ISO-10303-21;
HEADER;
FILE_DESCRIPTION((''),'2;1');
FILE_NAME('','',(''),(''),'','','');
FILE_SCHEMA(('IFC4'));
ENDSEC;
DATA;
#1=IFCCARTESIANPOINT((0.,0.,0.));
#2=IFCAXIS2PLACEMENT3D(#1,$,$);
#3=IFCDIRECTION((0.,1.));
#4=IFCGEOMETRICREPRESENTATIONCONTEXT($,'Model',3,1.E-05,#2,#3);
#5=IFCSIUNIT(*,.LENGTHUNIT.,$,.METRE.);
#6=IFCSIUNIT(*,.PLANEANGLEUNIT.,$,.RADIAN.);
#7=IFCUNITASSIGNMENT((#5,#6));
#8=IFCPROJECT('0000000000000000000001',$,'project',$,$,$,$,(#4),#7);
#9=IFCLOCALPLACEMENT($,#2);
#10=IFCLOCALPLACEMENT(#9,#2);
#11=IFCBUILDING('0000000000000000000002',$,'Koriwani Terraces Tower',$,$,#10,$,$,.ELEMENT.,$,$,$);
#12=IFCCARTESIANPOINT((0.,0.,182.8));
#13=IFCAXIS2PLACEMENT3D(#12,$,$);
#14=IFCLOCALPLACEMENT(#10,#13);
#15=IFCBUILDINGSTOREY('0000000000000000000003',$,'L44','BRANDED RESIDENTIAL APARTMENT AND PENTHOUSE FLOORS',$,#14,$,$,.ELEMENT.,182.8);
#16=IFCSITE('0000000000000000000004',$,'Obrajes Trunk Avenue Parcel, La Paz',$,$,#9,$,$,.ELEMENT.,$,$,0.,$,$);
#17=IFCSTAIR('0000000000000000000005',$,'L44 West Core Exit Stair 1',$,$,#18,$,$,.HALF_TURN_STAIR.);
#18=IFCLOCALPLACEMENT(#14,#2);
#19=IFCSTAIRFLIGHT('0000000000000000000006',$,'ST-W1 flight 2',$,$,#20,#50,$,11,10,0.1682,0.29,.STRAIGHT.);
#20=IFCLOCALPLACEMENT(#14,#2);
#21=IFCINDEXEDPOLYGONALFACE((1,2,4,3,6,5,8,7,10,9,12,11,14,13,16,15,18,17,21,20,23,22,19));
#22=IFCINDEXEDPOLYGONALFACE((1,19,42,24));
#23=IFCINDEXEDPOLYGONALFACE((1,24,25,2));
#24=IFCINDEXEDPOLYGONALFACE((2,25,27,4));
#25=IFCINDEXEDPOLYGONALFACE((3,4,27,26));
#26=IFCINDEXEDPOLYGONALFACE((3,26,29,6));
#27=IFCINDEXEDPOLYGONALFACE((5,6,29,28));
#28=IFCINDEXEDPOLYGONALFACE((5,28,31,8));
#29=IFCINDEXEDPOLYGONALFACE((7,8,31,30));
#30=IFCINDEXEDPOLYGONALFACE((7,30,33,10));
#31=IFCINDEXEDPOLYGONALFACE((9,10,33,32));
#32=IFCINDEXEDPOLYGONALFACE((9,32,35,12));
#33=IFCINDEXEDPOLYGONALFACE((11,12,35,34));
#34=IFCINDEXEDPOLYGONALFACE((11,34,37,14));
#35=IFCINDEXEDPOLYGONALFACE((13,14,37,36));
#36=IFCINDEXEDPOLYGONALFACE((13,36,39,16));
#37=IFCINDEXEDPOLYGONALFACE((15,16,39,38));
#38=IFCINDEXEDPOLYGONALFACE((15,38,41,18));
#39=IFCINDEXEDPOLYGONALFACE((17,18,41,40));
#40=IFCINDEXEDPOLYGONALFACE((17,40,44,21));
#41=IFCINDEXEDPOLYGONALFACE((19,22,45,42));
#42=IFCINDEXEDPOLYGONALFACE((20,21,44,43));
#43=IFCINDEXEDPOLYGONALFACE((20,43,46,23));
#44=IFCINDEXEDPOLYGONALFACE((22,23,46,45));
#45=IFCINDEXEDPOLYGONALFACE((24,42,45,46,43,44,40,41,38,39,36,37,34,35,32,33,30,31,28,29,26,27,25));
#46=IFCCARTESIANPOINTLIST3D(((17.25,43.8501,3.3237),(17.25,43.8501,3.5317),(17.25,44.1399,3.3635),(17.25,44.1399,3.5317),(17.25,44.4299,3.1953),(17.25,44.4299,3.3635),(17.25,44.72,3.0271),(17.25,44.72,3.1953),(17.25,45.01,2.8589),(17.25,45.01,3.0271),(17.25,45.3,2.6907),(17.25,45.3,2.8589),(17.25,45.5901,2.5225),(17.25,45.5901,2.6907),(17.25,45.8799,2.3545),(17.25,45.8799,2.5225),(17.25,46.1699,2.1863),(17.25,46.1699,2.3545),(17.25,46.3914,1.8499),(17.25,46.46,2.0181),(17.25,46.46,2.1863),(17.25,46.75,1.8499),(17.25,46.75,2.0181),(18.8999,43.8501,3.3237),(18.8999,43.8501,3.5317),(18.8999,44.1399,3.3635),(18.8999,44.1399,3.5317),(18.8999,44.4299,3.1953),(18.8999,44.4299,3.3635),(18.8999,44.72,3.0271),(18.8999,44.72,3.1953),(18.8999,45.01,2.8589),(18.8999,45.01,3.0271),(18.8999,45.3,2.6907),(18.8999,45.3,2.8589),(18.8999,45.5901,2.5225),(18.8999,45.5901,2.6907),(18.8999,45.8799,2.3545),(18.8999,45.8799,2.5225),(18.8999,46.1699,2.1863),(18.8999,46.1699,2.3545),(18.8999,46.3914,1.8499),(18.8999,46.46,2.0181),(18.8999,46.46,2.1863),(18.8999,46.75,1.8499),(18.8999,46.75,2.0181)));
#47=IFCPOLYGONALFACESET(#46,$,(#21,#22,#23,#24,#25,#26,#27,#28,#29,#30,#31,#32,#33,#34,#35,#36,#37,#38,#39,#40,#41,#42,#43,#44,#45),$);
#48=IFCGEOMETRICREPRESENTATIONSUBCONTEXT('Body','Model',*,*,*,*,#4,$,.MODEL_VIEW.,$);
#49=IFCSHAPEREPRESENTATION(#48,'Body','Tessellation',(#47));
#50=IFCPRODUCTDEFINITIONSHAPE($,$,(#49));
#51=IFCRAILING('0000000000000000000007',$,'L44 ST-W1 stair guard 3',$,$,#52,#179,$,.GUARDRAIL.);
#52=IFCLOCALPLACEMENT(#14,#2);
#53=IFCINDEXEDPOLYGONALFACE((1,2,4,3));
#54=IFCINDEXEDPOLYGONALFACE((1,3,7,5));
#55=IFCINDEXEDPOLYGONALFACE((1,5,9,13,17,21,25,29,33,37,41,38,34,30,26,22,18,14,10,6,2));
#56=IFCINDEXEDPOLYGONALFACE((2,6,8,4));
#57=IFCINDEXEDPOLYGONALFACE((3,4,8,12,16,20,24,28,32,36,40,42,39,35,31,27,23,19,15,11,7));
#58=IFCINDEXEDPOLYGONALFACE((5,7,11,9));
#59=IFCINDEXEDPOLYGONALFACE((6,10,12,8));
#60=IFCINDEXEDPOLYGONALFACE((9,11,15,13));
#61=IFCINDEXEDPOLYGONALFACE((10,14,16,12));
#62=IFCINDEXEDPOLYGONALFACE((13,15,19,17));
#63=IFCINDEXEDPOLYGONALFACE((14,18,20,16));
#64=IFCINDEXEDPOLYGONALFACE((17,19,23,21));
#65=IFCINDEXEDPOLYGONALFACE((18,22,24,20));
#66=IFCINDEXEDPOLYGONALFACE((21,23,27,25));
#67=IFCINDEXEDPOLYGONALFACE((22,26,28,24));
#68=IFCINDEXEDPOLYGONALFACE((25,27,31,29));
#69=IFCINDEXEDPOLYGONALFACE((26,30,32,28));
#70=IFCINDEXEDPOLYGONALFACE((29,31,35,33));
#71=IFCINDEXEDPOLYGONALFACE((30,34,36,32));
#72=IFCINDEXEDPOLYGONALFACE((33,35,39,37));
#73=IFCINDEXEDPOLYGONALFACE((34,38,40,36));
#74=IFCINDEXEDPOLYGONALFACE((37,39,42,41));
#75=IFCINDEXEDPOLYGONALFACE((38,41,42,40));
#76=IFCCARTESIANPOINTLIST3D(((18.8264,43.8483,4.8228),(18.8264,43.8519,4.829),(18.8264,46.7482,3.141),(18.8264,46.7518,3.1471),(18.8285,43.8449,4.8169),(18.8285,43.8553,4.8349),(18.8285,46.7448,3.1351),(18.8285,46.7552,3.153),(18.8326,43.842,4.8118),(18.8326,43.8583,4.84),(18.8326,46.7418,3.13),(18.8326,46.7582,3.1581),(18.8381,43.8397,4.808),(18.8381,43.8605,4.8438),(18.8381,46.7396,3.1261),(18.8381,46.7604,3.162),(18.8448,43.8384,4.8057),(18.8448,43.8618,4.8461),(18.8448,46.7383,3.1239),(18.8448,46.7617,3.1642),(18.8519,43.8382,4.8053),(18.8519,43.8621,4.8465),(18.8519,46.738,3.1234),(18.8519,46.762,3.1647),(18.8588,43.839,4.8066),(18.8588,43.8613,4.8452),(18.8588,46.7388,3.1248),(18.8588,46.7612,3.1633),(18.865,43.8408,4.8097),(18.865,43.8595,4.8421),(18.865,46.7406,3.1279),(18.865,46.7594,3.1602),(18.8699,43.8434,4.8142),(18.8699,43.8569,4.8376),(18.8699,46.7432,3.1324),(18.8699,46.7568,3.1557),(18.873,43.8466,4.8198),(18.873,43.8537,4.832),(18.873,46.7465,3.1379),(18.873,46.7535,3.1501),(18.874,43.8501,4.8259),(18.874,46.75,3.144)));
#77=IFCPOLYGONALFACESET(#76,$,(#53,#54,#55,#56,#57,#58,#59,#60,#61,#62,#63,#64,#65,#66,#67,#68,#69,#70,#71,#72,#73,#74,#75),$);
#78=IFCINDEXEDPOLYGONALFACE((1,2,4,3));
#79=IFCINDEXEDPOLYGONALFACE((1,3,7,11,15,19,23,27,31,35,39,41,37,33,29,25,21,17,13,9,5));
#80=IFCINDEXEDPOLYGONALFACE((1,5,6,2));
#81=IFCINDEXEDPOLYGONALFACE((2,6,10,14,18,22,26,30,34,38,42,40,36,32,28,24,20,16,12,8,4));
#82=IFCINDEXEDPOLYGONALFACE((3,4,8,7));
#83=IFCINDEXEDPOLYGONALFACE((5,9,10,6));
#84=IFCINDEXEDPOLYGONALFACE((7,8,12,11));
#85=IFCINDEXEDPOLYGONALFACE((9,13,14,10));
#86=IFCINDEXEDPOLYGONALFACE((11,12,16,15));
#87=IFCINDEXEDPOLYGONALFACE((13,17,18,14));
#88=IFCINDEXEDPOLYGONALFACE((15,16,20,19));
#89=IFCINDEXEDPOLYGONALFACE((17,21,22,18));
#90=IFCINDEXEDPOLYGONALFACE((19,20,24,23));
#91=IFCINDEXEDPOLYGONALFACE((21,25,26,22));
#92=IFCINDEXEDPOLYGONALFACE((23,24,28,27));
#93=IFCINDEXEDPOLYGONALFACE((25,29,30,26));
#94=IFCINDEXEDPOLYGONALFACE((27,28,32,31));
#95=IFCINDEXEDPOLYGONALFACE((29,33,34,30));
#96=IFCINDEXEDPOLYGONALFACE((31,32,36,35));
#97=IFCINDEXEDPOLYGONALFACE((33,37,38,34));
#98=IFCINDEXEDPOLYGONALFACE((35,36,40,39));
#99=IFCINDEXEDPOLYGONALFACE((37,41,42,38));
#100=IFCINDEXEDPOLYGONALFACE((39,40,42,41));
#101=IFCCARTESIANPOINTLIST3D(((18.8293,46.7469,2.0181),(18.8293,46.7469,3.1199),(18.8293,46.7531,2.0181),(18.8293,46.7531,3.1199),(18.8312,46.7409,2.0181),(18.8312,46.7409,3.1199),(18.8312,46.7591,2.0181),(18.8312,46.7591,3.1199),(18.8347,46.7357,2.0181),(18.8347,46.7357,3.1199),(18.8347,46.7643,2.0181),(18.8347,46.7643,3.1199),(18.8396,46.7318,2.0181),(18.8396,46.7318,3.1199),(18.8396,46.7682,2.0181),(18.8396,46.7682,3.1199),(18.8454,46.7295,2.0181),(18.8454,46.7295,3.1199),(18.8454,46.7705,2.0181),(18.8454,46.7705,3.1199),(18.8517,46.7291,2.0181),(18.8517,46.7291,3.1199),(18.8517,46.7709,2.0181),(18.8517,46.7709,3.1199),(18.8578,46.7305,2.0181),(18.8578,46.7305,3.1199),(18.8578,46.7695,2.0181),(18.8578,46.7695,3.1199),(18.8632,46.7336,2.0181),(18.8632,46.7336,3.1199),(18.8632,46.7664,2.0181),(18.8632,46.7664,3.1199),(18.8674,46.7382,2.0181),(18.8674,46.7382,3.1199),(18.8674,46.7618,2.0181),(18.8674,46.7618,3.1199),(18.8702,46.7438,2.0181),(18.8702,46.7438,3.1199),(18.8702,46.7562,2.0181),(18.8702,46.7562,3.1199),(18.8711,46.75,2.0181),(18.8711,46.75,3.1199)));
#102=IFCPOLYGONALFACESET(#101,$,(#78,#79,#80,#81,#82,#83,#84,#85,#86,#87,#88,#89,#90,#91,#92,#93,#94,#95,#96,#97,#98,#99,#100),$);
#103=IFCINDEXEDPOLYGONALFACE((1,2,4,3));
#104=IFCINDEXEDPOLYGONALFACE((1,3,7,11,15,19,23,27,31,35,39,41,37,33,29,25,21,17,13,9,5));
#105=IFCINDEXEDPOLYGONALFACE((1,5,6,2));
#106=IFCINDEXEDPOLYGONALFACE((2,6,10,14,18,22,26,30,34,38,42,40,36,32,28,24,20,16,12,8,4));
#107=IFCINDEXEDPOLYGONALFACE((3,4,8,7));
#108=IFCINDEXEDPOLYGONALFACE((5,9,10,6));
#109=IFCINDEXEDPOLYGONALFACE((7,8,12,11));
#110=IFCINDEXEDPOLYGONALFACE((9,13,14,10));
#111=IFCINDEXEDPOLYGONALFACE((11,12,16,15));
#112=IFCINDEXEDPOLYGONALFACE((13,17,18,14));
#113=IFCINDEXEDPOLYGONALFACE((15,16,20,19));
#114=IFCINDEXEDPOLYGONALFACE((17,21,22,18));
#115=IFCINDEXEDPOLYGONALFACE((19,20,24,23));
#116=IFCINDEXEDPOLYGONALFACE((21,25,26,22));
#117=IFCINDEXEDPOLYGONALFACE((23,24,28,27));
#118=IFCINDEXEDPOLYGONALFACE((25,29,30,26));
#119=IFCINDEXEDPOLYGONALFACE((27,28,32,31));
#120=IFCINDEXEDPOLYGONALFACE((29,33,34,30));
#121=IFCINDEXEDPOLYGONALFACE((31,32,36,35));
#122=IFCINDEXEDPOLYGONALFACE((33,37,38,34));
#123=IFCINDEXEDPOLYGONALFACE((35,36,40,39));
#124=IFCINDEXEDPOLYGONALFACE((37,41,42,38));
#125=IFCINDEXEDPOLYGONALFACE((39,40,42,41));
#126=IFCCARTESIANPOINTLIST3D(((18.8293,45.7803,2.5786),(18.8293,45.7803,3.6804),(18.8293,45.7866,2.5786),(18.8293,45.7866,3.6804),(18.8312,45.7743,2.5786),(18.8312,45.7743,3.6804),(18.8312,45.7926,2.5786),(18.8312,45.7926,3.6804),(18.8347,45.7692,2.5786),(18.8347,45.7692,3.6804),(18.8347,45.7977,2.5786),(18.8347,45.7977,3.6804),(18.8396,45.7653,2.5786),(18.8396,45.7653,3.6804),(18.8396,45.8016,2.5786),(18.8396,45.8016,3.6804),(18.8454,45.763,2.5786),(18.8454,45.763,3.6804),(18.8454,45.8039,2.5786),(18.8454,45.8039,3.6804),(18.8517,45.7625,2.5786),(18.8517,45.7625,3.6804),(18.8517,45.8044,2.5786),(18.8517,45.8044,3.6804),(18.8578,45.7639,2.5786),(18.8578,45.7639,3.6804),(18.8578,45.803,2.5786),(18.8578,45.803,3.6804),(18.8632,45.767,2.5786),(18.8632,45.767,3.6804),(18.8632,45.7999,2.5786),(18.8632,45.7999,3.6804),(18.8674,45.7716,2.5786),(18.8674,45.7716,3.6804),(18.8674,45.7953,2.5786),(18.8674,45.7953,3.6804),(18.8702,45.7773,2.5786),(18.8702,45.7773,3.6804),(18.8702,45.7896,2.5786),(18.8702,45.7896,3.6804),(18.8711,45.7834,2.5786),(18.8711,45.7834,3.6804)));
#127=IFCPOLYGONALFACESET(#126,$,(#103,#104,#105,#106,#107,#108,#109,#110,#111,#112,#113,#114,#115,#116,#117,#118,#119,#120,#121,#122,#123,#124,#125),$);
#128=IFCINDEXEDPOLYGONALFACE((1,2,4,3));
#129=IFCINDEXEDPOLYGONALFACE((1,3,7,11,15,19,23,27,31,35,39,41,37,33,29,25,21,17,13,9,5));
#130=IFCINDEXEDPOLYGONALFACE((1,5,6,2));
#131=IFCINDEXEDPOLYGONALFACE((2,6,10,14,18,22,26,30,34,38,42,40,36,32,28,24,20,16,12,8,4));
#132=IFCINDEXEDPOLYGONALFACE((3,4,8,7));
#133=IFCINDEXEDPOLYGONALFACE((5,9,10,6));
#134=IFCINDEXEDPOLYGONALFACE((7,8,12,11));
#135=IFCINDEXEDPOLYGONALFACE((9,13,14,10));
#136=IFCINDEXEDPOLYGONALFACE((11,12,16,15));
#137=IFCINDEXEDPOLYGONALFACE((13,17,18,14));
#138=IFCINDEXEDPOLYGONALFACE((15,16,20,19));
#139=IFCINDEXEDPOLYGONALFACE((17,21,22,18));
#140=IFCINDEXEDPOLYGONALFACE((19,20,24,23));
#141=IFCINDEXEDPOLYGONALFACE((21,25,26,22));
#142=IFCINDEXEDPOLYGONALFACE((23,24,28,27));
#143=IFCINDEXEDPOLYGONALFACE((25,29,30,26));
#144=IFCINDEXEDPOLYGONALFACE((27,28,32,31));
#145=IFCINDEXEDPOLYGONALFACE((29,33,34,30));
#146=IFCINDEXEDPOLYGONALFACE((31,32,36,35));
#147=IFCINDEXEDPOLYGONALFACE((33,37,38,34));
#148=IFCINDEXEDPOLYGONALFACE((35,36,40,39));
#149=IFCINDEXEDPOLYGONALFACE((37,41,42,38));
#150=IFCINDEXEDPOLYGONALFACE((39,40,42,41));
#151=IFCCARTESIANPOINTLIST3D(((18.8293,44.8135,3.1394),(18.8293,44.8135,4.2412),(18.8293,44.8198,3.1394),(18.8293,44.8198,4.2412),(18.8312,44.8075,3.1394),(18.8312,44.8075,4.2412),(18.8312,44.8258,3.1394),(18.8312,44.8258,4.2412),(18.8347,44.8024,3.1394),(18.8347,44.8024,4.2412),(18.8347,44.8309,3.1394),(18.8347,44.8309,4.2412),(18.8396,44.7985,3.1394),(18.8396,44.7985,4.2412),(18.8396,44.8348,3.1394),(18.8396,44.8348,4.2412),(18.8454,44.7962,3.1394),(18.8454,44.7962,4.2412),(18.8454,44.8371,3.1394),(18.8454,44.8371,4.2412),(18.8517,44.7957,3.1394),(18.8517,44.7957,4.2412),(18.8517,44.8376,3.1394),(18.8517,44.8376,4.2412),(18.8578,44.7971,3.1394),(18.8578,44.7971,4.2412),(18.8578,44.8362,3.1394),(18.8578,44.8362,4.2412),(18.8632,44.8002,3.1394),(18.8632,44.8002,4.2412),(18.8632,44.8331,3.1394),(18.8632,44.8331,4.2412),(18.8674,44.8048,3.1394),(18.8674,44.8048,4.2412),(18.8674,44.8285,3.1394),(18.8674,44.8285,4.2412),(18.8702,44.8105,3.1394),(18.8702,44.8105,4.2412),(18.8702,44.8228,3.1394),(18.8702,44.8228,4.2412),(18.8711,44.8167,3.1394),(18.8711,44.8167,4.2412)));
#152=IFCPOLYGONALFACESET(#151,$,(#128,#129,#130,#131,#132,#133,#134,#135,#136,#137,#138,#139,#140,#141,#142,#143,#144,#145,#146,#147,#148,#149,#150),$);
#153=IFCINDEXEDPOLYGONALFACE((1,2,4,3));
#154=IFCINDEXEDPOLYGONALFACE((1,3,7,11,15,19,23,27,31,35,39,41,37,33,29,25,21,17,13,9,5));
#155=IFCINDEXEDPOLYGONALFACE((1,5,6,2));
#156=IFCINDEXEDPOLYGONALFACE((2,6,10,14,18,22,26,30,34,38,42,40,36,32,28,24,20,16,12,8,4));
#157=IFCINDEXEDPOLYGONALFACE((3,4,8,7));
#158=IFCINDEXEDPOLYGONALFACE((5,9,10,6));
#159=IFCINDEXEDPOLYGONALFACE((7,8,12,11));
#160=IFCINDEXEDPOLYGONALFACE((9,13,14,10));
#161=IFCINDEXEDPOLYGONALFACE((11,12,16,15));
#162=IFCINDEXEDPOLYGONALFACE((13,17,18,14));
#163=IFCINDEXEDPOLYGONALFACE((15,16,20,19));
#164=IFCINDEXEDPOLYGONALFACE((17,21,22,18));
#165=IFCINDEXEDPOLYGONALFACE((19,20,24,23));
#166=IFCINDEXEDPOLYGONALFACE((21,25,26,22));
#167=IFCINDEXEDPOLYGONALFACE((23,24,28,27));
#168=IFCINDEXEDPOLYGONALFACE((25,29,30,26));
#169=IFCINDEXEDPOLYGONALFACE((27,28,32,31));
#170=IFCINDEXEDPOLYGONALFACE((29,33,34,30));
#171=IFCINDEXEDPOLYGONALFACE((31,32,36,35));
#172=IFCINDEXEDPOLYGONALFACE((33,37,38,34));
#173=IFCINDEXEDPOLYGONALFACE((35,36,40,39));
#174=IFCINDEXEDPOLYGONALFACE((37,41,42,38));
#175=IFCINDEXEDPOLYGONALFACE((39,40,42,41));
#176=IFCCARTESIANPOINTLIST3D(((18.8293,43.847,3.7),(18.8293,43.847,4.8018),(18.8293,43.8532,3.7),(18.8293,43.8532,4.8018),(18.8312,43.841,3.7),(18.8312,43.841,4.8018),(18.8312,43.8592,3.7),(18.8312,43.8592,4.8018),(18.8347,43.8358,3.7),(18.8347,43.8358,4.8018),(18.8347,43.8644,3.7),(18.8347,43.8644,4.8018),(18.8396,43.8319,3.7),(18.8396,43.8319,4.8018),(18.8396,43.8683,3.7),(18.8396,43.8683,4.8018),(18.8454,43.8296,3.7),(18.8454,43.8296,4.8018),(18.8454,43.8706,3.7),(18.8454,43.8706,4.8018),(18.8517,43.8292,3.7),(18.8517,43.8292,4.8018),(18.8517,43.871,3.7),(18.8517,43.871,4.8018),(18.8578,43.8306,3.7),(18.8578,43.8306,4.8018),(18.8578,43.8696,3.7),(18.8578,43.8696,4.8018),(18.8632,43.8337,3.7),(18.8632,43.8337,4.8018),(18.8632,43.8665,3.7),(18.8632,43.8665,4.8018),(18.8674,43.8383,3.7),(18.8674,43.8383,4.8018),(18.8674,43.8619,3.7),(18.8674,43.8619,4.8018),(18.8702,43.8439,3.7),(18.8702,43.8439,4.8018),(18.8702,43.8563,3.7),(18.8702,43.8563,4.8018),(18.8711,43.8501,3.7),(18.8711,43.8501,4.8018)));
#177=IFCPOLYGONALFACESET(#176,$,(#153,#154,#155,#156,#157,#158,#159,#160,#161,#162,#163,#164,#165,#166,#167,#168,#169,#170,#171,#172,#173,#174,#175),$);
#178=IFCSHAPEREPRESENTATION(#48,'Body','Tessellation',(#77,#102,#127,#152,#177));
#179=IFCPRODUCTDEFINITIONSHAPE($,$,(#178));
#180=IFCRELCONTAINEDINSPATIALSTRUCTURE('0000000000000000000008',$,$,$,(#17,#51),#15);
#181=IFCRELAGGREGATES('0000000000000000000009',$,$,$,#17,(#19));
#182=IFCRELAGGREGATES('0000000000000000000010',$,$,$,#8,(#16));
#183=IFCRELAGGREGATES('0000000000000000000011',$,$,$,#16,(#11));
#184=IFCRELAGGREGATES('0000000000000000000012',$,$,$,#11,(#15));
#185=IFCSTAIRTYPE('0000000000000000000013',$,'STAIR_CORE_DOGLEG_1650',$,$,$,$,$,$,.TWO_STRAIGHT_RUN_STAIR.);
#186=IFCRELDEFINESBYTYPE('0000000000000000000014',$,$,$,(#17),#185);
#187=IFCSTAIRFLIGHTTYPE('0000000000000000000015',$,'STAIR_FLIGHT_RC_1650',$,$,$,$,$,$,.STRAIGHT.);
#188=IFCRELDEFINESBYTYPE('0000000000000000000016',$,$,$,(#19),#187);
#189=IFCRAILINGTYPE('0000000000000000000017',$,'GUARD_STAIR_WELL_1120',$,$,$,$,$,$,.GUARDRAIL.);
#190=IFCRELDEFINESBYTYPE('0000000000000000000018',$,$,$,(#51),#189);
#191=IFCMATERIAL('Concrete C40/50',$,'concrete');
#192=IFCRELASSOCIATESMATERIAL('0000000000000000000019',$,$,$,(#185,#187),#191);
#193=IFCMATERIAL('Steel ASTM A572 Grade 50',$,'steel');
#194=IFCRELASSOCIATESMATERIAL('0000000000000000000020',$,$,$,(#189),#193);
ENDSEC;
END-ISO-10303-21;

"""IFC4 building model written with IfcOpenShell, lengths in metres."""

from ifc_helpers import new_model, si_unit, direction, frame, origin, origin_2d, place, context, subcontext, project, spatial, polyline, circle, outline, extrude, material, type_object, element, aggregate, save


model = new_model("IFC4")

# Units and contexts
model_context = context("Model", 3, precision=1e-05, world=origin(), true_north=direction((0.0, 1.0)))
body_context = subcontext(model_context, "Body", "Model", "MODEL_VIEW")
ifc_project = project(units=[si_unit("LENGTHUNIT", "METRE"), si_unit("PLANEANGLEUNIT", "RADIAN")], contexts=[model_context])

# Site, building, storey
site_placement = place(None, origin())
site = spatial("IfcSite", under=ifc_project, at=site_placement, Name="Obrajes Trunk Avenue Parcel, La Paz", CompositionType="ELEMENT", RefElevation=0.0)
building_placement = place(site_placement, origin())
building = spatial("IfcBuilding", under=site, at=building_placement, Name="Koriwani Terraces Tower", CompositionType="ELEMENT")
storey_placement = place(building_placement, frame((0.0, 0.0, 182.8)))
storey = spatial("IfcBuildingStorey", under=building, at=storey_placement, Name="L44", Description="BRANDED RESIDENTIAL APARTMENT AND PENTHOUSE FLOORS", CompositionType="ELEMENT", Elevation=182.8)

# Shared definitions
ifc_material_1 = material(Name="Concrete C40/50", Category="concrete")
ifc_material_2 = material(Name="Steel ASTM A572 Grade 50", Category="steel")

# Stair, stair flight
stair_type = type_object("IfcStairType", Name="STAIR_CORE_DOGLEG_1650", PredefinedType="TWO_STRAIGHT_RUN_STAIR", material=ifc_material_1)
stair_placement = place(storey_placement, origin())
stair = element("IfcStair", 1, at=stair_placement, inside=storey, type_object=stair_type, Name="L44 West Core Exit Stair 1", PredefinedType="HALF_TURN_STAIR")
stair_flight_type = type_object("IfcStairFlightType", Name="STAIR_FLIGHT_RC_1650", PredefinedType="STRAIGHT", material=ifc_material_1)
stair_flight_placement = place(storey_placement, frame((18.075, 46.75, 1.8499), z_axis=(0.0, 0.0, 1.0), x_axis=(0.0, -1.0, 0.0)))
stair_flight = element("IfcStairFlight", 2, at=stair_flight_placement, type_object=stair_flight_type, Name="ST-W1 flight 2", NumberOfRisers=11, NumberOfTreads=10, PredefinedType="STRAIGHT", RiserHeight=0.1682, TreadLength=0.29, context=body_context, shape_type="SweptSolid", body=[
    extrude(outline(polyline([(0.0, 0.0), (0.0, 0.1682), (0.29, 0.1682), (0.29, 0.3364), (0.5801, 0.3364), (0.5801, 0.5046), (0.8701, 0.5046), (0.8701, 0.6726), (1.1599, 0.6726), (1.1599, 0.8408), (1.45, 0.8408), (1.45, 1.009), (1.74, 1.009), (1.74, 1.1772), (2.03, 1.1772), (2.03, 1.3455), (2.3201, 1.3455), (2.3201, 1.5137), (2.6101, 1.5137), (2.6101, 1.6819), (2.8999, 1.6819), (2.8999, 1.8501), (2.8999, 1.4739), (0.3586, 0.0), (0.0, 0.0)])), frame((0.0, 0.825, 0.0), z_axis=(0.0, -1.0, 0.0), x_axis=(1.0, 0.0, 0.0)), (0.0, 0.0, 1.0), 1.6499),
])
aggregate(stair, [stair_flight])

# Railing
railing_type_1 = type_object("IfcRailingType", Name="GUARD_STAIR_WELL_1120", PredefinedType="GUARDRAIL", material=ifc_material_2)
railing_1_placement = place(storey_placement, frame((18.8501, 46.75, 2.0181)))
element("IfcRailing", 3, at=railing_1_placement, inside=storey, type_object=railing_type_1, Name="L44 ST-W1 stair guard 3", PredefinedType="GUARDRAIL", context=body_context, shape_type="SweptSolid", body=[
    extrude(circle(Radius=0.0239, at=origin_2d()), frame((0.0, 0.0, 1.126), z_axis=(0.0, -0.865039, 0.501705), x_axis=(1.0, 0.0, 0.0)), (0.0, 0.0, 1.0), 3.3523),
    extrude(circle(Radius=0.021, at=origin_2d()), origin(), (0.0, 0.0, 1.0), 1.1018),
    extrude(circle(Radius=0.021, at=origin_2d()), frame((0.0, -0.9666, 0.5605)), (0.0, 0.0, 1.0), 1.1018),
    extrude(circle(Radius=0.021, at=origin_2d()), frame((0.0, -1.9333, 1.1213)), (0.0, 0.0, 1.0), 1.1018),
    extrude(circle(Radius=0.021, at=origin_2d()), frame((0.0, -2.8999, 1.6819)), (0.0, 0.0, 1.0), 1.1018),
])

save(model, "model.ifc")
